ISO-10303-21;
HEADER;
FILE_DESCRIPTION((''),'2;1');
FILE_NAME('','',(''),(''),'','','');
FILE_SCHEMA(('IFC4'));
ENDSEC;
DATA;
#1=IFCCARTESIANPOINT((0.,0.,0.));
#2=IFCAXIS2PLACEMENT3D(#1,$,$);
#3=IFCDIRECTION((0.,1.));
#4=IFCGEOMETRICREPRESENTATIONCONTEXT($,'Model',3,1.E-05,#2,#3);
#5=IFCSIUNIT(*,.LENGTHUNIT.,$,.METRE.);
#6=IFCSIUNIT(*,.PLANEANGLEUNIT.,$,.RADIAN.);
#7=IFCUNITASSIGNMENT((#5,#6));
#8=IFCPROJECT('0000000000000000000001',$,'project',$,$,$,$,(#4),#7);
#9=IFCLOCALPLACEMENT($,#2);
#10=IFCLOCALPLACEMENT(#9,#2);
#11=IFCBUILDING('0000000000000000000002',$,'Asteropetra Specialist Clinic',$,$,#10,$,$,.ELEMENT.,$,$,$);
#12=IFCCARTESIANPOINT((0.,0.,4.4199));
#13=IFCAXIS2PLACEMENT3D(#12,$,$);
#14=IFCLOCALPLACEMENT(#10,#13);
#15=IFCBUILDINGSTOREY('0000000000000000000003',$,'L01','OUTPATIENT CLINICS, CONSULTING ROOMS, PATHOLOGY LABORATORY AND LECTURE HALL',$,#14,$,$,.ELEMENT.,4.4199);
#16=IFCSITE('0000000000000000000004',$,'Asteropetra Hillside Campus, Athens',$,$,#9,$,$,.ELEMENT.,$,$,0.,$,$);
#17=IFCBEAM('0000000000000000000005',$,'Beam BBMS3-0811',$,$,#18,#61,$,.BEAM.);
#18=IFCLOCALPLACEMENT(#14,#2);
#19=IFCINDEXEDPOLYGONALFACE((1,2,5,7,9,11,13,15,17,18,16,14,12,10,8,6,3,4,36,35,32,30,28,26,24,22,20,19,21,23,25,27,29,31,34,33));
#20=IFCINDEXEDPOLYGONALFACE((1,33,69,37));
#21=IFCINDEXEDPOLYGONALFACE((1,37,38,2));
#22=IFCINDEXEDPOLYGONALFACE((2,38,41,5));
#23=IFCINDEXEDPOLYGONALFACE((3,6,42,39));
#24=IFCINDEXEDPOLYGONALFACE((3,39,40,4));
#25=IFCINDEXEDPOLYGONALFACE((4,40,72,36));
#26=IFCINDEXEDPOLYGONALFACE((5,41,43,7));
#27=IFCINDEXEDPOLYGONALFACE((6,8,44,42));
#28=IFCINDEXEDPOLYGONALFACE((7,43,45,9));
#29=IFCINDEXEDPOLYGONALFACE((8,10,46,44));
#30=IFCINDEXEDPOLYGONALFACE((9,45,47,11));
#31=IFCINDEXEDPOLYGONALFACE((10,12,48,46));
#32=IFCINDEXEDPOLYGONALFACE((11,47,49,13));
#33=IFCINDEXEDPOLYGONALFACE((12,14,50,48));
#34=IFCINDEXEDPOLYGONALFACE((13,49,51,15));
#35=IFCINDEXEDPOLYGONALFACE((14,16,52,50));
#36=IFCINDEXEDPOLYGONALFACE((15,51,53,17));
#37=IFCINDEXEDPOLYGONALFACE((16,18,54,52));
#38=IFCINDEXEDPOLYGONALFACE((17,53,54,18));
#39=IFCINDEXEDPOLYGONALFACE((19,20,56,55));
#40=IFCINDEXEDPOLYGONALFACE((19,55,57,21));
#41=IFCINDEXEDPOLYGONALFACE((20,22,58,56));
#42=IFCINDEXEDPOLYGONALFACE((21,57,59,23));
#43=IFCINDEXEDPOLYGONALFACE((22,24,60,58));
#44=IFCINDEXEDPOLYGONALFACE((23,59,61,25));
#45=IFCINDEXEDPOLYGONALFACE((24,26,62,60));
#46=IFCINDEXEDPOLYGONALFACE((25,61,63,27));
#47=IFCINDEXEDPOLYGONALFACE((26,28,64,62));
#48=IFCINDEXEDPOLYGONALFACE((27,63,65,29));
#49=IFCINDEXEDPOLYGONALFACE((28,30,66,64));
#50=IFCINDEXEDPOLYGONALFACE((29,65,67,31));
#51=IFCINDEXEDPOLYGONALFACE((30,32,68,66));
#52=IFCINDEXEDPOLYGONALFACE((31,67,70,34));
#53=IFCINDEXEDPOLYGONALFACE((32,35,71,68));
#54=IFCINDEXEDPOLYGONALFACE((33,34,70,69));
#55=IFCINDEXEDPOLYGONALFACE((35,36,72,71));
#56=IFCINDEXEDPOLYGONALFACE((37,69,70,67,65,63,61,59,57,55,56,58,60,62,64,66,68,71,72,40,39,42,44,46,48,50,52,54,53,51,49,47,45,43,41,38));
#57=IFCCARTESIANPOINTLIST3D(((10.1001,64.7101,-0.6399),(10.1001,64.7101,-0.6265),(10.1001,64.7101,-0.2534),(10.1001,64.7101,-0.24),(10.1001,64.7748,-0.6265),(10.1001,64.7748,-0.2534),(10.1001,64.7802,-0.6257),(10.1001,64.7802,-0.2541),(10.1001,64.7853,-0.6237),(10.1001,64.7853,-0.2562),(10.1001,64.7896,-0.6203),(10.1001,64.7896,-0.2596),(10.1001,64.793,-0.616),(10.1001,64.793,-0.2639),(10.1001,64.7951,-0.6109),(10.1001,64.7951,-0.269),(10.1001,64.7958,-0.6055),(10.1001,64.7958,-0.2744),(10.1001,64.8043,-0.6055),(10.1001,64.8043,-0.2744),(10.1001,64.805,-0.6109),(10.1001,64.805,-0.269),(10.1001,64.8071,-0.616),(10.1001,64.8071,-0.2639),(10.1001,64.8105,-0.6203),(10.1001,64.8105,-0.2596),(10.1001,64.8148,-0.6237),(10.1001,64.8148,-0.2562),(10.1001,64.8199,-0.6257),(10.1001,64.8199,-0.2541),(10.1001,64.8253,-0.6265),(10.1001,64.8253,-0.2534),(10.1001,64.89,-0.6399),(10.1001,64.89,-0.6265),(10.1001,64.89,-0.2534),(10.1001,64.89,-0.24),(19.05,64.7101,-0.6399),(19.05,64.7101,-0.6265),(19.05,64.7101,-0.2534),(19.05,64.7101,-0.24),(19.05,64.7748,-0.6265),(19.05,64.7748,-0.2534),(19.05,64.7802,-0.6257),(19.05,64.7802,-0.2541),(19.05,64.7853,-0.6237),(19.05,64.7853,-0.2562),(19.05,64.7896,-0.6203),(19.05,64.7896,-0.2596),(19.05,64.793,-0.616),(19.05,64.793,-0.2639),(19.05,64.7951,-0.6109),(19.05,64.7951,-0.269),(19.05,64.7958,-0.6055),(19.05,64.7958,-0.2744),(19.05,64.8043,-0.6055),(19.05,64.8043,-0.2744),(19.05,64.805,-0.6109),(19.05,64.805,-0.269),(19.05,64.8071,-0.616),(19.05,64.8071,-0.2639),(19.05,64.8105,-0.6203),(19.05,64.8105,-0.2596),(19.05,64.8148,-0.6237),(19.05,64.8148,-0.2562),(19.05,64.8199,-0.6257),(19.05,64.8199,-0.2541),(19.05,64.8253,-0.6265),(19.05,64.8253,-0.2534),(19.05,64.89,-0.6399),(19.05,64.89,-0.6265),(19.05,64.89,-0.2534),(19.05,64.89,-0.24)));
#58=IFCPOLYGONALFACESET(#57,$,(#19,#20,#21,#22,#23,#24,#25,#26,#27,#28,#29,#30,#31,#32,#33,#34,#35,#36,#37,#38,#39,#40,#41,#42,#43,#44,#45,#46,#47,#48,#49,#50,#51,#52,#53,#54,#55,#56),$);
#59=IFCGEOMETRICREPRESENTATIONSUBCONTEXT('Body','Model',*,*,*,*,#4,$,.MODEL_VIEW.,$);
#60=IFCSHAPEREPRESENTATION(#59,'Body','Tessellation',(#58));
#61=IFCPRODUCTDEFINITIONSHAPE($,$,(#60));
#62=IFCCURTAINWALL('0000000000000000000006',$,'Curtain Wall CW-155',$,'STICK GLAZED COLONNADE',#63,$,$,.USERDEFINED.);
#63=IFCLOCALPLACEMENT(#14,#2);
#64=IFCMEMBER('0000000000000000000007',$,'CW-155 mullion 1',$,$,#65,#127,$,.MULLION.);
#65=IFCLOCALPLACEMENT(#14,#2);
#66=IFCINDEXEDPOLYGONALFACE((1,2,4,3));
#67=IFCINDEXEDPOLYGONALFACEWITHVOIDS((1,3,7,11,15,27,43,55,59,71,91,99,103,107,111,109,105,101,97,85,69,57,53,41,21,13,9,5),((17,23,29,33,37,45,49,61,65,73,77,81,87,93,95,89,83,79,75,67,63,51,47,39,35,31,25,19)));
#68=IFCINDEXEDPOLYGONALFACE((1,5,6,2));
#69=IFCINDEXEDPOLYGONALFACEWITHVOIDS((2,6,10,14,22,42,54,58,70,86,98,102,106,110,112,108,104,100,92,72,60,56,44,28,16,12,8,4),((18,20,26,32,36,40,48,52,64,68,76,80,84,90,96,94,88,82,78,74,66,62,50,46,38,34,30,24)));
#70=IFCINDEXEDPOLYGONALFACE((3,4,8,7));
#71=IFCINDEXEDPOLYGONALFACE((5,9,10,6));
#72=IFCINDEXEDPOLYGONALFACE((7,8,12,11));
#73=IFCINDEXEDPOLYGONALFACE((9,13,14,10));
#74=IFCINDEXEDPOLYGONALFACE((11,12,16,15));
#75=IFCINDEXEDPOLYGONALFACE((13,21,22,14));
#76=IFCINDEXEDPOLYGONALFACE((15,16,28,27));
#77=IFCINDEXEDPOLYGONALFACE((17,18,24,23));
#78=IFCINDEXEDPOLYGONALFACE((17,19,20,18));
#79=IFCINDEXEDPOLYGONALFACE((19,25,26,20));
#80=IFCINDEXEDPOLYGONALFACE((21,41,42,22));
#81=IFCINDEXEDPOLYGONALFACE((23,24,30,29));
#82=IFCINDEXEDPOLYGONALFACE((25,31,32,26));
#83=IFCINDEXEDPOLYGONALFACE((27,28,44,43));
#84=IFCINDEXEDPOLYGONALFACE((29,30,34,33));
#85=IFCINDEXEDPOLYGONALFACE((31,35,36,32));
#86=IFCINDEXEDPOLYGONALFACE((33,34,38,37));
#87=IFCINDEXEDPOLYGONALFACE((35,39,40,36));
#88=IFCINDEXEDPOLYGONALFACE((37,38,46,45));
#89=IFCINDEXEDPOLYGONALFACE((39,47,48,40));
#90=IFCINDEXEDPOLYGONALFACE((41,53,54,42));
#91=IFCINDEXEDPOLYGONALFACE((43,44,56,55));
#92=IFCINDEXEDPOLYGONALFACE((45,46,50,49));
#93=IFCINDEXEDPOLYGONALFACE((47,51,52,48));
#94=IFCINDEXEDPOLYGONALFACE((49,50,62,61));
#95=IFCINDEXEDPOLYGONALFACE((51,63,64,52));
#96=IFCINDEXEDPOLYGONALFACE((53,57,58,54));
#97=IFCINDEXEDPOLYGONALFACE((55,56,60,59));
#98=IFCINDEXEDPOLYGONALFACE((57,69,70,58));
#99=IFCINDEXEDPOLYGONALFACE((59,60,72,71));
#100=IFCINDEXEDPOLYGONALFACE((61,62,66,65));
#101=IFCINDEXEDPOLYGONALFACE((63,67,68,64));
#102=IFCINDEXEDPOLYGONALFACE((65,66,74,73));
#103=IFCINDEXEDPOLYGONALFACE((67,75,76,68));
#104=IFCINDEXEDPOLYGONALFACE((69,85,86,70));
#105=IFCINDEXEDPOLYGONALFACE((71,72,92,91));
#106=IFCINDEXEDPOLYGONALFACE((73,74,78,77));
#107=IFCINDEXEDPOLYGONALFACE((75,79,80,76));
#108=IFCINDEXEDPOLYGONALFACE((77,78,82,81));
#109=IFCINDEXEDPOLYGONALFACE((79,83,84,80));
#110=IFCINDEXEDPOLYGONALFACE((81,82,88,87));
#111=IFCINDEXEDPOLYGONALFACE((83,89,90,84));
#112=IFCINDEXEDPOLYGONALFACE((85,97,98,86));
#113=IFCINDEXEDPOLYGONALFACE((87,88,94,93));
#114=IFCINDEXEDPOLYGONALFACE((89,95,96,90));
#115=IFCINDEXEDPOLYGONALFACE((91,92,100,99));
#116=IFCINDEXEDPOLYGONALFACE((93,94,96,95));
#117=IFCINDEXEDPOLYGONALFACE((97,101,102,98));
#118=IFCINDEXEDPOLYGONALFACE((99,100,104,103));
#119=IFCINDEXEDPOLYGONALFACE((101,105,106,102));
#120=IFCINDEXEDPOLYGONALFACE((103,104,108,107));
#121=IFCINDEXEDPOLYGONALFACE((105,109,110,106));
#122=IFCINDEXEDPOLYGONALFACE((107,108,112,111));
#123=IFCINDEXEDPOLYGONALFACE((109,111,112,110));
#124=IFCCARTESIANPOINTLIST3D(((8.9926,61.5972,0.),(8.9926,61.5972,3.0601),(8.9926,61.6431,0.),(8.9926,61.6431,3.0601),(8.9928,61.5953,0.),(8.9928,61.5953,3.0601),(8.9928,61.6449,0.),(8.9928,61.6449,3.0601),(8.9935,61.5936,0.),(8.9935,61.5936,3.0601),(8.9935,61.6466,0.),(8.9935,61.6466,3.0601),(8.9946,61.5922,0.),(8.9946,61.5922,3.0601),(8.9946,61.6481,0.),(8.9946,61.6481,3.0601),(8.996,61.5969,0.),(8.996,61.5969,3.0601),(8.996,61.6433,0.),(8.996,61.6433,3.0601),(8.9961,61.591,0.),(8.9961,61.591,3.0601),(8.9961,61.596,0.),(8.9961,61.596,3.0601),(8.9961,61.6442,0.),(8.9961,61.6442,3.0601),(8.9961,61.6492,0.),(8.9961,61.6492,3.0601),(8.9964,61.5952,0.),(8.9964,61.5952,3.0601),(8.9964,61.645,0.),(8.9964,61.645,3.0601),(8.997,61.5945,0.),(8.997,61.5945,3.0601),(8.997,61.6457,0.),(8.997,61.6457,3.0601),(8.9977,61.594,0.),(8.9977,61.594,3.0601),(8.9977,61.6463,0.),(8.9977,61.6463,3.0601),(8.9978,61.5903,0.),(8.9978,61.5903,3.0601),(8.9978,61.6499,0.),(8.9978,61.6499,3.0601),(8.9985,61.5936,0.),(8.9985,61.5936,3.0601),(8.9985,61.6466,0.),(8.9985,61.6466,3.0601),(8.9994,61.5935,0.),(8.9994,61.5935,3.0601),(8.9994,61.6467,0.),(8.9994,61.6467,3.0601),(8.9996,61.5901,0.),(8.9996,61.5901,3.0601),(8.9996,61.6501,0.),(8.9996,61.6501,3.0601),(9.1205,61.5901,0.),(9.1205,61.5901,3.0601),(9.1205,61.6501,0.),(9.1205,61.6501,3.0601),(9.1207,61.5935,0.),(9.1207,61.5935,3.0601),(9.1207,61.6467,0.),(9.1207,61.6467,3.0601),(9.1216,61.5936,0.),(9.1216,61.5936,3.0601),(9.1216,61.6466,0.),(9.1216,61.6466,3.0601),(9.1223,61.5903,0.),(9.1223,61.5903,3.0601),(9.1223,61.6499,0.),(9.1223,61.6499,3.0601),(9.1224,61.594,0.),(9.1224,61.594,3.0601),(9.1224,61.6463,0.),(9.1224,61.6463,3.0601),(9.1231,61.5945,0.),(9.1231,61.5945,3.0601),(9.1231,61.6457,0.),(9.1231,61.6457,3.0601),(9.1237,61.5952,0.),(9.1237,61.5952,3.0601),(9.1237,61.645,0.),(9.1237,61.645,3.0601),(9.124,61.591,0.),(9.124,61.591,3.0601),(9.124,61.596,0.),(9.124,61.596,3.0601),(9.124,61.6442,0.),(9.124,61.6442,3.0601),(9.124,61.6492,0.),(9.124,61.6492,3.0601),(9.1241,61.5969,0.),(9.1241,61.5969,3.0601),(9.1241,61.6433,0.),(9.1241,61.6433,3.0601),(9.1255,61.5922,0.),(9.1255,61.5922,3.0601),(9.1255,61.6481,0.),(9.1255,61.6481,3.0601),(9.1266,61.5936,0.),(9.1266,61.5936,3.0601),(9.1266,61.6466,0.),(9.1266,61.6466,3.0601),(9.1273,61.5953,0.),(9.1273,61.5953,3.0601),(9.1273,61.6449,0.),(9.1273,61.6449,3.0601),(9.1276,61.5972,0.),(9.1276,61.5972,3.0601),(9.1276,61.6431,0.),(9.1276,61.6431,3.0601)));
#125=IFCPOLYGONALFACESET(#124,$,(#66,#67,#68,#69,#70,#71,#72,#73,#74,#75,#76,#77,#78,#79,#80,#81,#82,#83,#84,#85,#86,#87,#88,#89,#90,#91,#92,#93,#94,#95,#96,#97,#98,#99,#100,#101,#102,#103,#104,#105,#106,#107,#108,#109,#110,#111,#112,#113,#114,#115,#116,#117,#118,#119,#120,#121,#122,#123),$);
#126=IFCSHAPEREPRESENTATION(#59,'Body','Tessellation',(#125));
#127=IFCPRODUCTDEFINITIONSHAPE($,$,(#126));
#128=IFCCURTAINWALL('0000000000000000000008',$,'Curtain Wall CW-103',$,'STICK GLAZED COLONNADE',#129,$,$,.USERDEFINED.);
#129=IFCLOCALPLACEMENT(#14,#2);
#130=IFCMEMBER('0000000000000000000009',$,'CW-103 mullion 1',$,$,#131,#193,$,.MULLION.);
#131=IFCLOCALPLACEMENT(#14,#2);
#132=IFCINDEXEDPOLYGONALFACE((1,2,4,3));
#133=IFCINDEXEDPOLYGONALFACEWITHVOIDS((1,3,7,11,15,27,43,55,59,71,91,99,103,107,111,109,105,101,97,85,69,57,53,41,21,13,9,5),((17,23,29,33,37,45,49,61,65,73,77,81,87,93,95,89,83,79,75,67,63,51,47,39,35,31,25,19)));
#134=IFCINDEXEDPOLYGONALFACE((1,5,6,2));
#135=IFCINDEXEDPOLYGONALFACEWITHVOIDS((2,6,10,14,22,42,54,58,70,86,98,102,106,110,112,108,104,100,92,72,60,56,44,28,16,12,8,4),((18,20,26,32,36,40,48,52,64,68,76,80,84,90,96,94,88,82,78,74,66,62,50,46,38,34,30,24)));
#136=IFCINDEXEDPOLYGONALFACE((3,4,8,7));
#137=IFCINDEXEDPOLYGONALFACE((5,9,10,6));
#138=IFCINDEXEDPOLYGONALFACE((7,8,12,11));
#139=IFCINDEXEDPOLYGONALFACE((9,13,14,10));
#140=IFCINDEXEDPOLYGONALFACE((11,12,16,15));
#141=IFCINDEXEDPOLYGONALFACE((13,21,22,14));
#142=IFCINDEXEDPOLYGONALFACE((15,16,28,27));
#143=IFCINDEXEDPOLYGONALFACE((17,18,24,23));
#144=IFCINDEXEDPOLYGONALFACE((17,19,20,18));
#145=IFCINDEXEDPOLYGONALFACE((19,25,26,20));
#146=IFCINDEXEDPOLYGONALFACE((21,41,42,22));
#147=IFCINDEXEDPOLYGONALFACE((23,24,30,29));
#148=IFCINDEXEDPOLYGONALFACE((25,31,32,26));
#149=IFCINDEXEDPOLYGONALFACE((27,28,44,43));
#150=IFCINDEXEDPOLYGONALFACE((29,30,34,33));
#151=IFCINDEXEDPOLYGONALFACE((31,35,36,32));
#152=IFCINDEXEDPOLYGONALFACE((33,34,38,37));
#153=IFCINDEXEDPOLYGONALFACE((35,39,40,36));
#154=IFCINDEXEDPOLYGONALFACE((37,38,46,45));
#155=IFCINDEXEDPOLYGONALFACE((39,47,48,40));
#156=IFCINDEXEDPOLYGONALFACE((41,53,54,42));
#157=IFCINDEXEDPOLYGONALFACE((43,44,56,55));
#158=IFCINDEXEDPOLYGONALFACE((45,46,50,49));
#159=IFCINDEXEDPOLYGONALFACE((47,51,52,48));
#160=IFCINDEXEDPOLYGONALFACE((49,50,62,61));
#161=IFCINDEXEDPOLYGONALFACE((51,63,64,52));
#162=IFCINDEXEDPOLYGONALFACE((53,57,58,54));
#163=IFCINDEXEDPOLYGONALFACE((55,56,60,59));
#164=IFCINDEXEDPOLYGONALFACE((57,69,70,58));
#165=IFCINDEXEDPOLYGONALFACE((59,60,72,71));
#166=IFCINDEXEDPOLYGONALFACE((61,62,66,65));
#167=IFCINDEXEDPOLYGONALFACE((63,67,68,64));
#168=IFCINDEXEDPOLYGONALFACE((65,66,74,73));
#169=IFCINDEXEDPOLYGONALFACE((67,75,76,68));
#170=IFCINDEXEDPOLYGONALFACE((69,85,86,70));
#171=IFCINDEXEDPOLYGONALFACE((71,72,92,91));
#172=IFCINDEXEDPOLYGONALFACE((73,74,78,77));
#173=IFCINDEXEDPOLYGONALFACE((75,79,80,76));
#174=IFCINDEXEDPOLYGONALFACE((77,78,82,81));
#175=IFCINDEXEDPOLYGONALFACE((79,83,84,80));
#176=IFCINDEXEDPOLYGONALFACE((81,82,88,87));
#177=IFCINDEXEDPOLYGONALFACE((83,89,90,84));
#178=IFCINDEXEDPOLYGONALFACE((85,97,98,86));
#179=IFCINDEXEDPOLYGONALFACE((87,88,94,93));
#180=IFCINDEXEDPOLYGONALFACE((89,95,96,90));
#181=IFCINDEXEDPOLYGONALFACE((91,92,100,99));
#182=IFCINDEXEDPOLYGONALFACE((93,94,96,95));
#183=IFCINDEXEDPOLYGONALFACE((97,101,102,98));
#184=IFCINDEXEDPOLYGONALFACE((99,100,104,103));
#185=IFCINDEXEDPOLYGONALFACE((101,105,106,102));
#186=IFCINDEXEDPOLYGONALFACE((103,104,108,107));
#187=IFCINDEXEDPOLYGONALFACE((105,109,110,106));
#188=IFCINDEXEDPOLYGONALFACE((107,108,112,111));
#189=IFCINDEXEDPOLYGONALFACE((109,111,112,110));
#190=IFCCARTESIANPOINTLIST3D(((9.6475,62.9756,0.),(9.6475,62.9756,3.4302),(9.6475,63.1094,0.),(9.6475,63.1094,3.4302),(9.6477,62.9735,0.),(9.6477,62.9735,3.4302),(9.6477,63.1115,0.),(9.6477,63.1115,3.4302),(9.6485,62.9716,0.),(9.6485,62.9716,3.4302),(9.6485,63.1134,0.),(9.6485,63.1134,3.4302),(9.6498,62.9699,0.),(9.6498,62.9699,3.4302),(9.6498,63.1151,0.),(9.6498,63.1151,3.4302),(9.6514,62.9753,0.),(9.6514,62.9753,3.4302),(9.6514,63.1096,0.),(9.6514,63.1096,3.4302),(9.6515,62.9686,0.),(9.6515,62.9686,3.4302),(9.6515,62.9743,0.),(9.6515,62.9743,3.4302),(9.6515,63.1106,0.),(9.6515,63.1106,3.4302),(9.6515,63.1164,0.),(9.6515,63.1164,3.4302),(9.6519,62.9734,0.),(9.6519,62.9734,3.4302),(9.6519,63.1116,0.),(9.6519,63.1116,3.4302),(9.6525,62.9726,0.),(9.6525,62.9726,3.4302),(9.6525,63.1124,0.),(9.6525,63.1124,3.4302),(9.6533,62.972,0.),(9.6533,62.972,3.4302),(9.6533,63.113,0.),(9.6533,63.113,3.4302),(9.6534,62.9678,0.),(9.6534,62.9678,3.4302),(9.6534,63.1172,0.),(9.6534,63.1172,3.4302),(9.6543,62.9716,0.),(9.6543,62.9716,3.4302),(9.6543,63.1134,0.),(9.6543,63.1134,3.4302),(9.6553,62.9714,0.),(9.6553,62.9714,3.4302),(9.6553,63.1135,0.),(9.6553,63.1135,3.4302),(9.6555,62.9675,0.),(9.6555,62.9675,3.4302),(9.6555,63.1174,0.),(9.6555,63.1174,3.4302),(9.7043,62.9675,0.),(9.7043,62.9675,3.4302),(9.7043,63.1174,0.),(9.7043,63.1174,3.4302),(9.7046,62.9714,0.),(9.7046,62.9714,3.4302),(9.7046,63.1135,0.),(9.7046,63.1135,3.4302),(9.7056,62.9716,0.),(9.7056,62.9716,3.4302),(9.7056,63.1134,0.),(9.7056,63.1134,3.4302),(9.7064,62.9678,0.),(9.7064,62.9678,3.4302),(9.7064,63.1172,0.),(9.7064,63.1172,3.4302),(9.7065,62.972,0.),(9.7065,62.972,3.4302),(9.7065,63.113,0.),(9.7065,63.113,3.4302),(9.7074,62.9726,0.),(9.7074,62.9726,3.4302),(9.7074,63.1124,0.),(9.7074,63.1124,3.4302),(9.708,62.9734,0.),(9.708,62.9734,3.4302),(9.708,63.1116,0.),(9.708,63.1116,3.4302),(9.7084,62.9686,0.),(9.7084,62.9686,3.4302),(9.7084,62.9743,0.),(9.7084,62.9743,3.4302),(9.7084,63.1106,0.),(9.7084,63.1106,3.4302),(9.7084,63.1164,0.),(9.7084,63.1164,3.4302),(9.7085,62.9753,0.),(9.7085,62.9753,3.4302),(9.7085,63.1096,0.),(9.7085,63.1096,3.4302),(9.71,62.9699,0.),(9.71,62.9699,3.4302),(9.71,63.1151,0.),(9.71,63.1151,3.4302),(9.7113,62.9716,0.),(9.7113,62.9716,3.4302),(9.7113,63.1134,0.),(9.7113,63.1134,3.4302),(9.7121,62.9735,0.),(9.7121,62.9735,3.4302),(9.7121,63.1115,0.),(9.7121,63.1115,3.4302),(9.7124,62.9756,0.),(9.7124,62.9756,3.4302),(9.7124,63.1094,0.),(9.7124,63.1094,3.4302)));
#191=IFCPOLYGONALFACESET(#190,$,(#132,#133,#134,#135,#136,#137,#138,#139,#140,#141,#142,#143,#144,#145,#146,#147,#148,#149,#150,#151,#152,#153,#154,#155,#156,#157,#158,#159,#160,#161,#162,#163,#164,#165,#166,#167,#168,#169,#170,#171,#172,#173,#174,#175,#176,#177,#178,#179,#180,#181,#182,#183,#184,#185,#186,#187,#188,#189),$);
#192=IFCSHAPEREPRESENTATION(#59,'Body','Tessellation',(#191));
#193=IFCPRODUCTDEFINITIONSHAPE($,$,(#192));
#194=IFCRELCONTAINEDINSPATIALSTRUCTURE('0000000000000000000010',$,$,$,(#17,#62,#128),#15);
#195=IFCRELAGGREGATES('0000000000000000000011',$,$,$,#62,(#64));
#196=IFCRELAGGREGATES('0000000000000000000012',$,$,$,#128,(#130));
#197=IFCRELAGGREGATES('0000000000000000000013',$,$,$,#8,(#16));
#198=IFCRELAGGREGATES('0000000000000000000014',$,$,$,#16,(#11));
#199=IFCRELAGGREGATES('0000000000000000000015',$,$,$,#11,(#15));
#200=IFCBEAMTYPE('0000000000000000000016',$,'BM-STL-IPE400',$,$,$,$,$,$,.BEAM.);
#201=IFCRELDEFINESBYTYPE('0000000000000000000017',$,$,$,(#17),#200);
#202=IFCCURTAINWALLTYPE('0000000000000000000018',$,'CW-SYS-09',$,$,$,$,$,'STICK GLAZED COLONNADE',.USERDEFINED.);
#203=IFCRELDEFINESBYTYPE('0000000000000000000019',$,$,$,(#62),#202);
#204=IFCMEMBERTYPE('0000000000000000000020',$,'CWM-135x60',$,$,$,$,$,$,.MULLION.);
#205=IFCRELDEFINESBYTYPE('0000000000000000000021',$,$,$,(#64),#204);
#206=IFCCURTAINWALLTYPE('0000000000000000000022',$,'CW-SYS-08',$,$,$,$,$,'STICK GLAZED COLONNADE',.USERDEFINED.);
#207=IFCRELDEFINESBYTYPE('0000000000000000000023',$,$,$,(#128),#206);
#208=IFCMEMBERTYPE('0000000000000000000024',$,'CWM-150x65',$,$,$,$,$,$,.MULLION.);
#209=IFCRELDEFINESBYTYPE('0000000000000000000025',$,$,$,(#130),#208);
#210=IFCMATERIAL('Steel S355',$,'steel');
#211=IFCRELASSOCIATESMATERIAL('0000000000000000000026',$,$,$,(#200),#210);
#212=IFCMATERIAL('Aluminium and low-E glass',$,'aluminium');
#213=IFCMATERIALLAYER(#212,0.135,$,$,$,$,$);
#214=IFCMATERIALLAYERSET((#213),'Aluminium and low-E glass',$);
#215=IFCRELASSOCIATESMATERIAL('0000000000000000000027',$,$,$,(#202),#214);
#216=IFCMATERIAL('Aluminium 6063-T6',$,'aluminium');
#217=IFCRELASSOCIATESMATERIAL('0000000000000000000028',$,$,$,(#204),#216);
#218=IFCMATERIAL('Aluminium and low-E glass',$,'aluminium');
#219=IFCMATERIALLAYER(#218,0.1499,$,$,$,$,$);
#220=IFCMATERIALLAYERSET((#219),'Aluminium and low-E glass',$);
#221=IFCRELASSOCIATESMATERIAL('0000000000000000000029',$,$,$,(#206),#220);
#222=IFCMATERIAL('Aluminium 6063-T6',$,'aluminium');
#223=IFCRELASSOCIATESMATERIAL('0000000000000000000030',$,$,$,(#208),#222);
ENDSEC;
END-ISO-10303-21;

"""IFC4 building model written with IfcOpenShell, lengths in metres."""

from ifc_helpers import new_model, si_unit, direction, frame, origin, origin_2d, place, context, subcontext, project, spatial, hollow_rectangle, i_section, extrude, material, layer, layer_set, material_profile, profile_set, type_object, element, aggregate, save


model = new_model("IFC4")

# Units and contexts
model_context = context("Model", 3, precision=1e-05, world=origin(), true_north=direction((0.0, 1.0)))
body_context = subcontext(model_context, "Body", "Model", "MODEL_VIEW")
ifc_project = project(units=[si_unit("LENGTHUNIT", "METRE"), si_unit("PLANEANGLEUNIT", "RADIAN")], contexts=[model_context])

# Site, building, storey
site_placement = place(None, origin())
site = spatial("IfcSite", under=ifc_project, at=site_placement, Name="Asteropetra Hillside Campus, Athens", CompositionType="ELEMENT", RefElevation=0.0)
building_placement = place(site_placement, origin())
building = spatial("IfcBuilding", under=site, at=building_placement, Name="Asteropetra Specialist Clinic", CompositionType="ELEMENT")
storey_placement = place(building_placement, frame((0.0, 0.0, 4.4199)))
storey = spatial("IfcBuildingStorey", under=building, at=storey_placement, Name="L01", Description="OUTPATIENT CLINICS, CONSULTING ROOMS, PATHOLOGY LABORATORY AND LECTURE HALL", CompositionType="ELEMENT", Elevation=4.4199)

# Beam
ifc_material_1 = material(Name="Steel S355", Category="steel")
ifc_material_profile_1 = material_profile(ifc_material_1, i_section(OverallWidth=0.1799, OverallDepth=0.3999, WebThickness=0.0085, FlangeThickness=0.0134, FilletRadius=0.021, at=origin_2d()), Name="IPE 400")
ifc_profile_set_1 = profile_set([ifc_material_profile_1], Name="Steel S355")
beam_type_1 = type_object("IfcBeamType", Name="BM-STL-IPE400", PredefinedType="BEAM", material=ifc_profile_set_1)
beam_1_placement = place(storey_placement, frame((10.1001, 64.8, -0.4399), z_axis=(1.0, 0.0, 0.0), x_axis=(0.0, 1.0, 0.0)))
element("IfcBeam", 1, at=beam_1_placement, inside=storey, type_object=beam_type_1, Name="Beam BBMS3-0811", PredefinedType="BEAM", context=body_context, shape_type="SweptSolid", body=[
    extrude(i_section(OverallWidth=0.1799, OverallDepth=0.3999, WebThickness=0.0085, FlangeThickness=0.0134, FilletRadius=0.021, at=origin_2d()), origin(), (0.0, 0.0, 1.0), 8.95),
])

# Curtain walls, members
ifc_material_2 = material(Name="Aluminium and low-E glass", Category="aluminium")
ifc_layer_1 = layer(ifc_material_2, 0.135)
ifc_layer_set_1 = layer_set([ifc_layer_1], Name="Aluminium and low-E glass")
curtain_wall_type_1 = type_object("IfcCurtainWallType", Name="CW-SYS-09", ElementType="STICK GLAZED COLONNADE", PredefinedType="USERDEFINED", material=ifc_layer_set_1)
curtain_wall_1_placement = place(storey_placement, origin())
curtain_wall_1 = element("IfcCurtainWall", 2, at=curtain_wall_1_placement, inside=storey, type_object=curtain_wall_type_1, Name="Curtain Wall CW-155", ObjectType="STICK GLAZED COLONNADE", PredefinedType="USERDEFINED")
ifc_material_3 = material(Name="Aluminium 6063-T6", Category="aluminium")
ifc_material_profile_2 = material_profile(ifc_material_3, hollow_rectangle(XDim=0.0601, YDim=0.135, WallThickness=0.0034, InnerFilletRadius=0.0034, OuterFilletRadius=0.0071, at=origin_2d()), Name="MUL 135x60x3.5")
ifc_profile_set_2 = profile_set([ifc_material_profile_2], Name="Aluminium 6063-T6")
member_type_1 = type_object("IfcMemberType", Name="CWM-135x60", PredefinedType="MULLION", material=ifc_profile_set_2)
member_1_placement = place(storey_placement, frame((9.0601, 61.6201, 0.0), z_axis=(0.0, 0.0, 1.0), x_axis=(0.0, -1.0, 0.0)))
member_1 = element("IfcMember", 3, at=member_1_placement, type_object=member_type_1, Name="CW-155 mullion 1", PredefinedType="MULLION", context=body_context, shape_type="SweptSolid", body=[
    extrude(hollow_rectangle(XDim=0.0601, YDim=0.135, WallThickness=0.0034, InnerFilletRadius=0.0034, OuterFilletRadius=0.0071, at=origin_2d()), origin(), (0.0, 0.0, 1.0), 3.0601),
])
ifc_material_4 = material(Name="Aluminium and low-E glass", Category="aluminium")
ifc_layer_2 = layer(ifc_material_4, 0.1499)
ifc_layer_set_2 = layer_set([ifc_layer_2], Name="Aluminium and low-E glass")
curtain_wall_type_2 = type_object("IfcCurtainWallType", Name="CW-SYS-08", ElementType="STICK GLAZED COLONNADE", PredefinedType="USERDEFINED", material=ifc_layer_set_2)
curtain_wall_2_placement = place(storey_placement, origin())
curtain_wall_2 = element("IfcCurtainWall", 4, at=curtain_wall_2_placement, inside=storey, type_object=curtain_wall_type_2, Name="Curtain Wall CW-103", ObjectType="STICK GLAZED COLONNADE", PredefinedType="USERDEFINED")
ifc_material_5 = material(Name="Aluminium 6063-T6", Category="aluminium")
ifc_material_profile_3 = material_profile(ifc_material_5, hollow_rectangle(XDim=0.0649, YDim=0.1499, WallThickness=0.0039, InnerFilletRadius=0.0039, OuterFilletRadius=0.0081, at=origin_2d()), Name="MUL 150x65x4.0")
ifc_profile_set_3 = profile_set([ifc_material_profile_3], Name="Aluminium 6063-T6")
member_type_2 = type_object("IfcMemberType", Name="CWM-150x65", PredefinedType="MULLION", material=ifc_profile_set_3)
member_2_placement = place(storey_placement, frame((9.6799, 63.0425, 0.0), z_axis=(0.0, 0.0, 1.0), x_axis=(-1.0, 0.0, 0.0)))
member_2 = element("IfcMember", 5, at=member_2_placement, type_object=member_type_2, Name="CW-103 mullion 1", PredefinedType="MULLION", context=body_context, shape_type="SweptSolid", body=[
    extrude(hollow_rectangle(XDim=0.0649, YDim=0.1499, WallThickness=0.0039, InnerFilletRadius=0.0039, OuterFilletRadius=0.0081, at=origin_2d()), origin(), (0.0, 0.0, 1.0), 3.4302),
])

aggregate(curtain_wall_1, [member_1])

aggregate(curtain_wall_2, [member_2])

save(model, "model.ifc")
